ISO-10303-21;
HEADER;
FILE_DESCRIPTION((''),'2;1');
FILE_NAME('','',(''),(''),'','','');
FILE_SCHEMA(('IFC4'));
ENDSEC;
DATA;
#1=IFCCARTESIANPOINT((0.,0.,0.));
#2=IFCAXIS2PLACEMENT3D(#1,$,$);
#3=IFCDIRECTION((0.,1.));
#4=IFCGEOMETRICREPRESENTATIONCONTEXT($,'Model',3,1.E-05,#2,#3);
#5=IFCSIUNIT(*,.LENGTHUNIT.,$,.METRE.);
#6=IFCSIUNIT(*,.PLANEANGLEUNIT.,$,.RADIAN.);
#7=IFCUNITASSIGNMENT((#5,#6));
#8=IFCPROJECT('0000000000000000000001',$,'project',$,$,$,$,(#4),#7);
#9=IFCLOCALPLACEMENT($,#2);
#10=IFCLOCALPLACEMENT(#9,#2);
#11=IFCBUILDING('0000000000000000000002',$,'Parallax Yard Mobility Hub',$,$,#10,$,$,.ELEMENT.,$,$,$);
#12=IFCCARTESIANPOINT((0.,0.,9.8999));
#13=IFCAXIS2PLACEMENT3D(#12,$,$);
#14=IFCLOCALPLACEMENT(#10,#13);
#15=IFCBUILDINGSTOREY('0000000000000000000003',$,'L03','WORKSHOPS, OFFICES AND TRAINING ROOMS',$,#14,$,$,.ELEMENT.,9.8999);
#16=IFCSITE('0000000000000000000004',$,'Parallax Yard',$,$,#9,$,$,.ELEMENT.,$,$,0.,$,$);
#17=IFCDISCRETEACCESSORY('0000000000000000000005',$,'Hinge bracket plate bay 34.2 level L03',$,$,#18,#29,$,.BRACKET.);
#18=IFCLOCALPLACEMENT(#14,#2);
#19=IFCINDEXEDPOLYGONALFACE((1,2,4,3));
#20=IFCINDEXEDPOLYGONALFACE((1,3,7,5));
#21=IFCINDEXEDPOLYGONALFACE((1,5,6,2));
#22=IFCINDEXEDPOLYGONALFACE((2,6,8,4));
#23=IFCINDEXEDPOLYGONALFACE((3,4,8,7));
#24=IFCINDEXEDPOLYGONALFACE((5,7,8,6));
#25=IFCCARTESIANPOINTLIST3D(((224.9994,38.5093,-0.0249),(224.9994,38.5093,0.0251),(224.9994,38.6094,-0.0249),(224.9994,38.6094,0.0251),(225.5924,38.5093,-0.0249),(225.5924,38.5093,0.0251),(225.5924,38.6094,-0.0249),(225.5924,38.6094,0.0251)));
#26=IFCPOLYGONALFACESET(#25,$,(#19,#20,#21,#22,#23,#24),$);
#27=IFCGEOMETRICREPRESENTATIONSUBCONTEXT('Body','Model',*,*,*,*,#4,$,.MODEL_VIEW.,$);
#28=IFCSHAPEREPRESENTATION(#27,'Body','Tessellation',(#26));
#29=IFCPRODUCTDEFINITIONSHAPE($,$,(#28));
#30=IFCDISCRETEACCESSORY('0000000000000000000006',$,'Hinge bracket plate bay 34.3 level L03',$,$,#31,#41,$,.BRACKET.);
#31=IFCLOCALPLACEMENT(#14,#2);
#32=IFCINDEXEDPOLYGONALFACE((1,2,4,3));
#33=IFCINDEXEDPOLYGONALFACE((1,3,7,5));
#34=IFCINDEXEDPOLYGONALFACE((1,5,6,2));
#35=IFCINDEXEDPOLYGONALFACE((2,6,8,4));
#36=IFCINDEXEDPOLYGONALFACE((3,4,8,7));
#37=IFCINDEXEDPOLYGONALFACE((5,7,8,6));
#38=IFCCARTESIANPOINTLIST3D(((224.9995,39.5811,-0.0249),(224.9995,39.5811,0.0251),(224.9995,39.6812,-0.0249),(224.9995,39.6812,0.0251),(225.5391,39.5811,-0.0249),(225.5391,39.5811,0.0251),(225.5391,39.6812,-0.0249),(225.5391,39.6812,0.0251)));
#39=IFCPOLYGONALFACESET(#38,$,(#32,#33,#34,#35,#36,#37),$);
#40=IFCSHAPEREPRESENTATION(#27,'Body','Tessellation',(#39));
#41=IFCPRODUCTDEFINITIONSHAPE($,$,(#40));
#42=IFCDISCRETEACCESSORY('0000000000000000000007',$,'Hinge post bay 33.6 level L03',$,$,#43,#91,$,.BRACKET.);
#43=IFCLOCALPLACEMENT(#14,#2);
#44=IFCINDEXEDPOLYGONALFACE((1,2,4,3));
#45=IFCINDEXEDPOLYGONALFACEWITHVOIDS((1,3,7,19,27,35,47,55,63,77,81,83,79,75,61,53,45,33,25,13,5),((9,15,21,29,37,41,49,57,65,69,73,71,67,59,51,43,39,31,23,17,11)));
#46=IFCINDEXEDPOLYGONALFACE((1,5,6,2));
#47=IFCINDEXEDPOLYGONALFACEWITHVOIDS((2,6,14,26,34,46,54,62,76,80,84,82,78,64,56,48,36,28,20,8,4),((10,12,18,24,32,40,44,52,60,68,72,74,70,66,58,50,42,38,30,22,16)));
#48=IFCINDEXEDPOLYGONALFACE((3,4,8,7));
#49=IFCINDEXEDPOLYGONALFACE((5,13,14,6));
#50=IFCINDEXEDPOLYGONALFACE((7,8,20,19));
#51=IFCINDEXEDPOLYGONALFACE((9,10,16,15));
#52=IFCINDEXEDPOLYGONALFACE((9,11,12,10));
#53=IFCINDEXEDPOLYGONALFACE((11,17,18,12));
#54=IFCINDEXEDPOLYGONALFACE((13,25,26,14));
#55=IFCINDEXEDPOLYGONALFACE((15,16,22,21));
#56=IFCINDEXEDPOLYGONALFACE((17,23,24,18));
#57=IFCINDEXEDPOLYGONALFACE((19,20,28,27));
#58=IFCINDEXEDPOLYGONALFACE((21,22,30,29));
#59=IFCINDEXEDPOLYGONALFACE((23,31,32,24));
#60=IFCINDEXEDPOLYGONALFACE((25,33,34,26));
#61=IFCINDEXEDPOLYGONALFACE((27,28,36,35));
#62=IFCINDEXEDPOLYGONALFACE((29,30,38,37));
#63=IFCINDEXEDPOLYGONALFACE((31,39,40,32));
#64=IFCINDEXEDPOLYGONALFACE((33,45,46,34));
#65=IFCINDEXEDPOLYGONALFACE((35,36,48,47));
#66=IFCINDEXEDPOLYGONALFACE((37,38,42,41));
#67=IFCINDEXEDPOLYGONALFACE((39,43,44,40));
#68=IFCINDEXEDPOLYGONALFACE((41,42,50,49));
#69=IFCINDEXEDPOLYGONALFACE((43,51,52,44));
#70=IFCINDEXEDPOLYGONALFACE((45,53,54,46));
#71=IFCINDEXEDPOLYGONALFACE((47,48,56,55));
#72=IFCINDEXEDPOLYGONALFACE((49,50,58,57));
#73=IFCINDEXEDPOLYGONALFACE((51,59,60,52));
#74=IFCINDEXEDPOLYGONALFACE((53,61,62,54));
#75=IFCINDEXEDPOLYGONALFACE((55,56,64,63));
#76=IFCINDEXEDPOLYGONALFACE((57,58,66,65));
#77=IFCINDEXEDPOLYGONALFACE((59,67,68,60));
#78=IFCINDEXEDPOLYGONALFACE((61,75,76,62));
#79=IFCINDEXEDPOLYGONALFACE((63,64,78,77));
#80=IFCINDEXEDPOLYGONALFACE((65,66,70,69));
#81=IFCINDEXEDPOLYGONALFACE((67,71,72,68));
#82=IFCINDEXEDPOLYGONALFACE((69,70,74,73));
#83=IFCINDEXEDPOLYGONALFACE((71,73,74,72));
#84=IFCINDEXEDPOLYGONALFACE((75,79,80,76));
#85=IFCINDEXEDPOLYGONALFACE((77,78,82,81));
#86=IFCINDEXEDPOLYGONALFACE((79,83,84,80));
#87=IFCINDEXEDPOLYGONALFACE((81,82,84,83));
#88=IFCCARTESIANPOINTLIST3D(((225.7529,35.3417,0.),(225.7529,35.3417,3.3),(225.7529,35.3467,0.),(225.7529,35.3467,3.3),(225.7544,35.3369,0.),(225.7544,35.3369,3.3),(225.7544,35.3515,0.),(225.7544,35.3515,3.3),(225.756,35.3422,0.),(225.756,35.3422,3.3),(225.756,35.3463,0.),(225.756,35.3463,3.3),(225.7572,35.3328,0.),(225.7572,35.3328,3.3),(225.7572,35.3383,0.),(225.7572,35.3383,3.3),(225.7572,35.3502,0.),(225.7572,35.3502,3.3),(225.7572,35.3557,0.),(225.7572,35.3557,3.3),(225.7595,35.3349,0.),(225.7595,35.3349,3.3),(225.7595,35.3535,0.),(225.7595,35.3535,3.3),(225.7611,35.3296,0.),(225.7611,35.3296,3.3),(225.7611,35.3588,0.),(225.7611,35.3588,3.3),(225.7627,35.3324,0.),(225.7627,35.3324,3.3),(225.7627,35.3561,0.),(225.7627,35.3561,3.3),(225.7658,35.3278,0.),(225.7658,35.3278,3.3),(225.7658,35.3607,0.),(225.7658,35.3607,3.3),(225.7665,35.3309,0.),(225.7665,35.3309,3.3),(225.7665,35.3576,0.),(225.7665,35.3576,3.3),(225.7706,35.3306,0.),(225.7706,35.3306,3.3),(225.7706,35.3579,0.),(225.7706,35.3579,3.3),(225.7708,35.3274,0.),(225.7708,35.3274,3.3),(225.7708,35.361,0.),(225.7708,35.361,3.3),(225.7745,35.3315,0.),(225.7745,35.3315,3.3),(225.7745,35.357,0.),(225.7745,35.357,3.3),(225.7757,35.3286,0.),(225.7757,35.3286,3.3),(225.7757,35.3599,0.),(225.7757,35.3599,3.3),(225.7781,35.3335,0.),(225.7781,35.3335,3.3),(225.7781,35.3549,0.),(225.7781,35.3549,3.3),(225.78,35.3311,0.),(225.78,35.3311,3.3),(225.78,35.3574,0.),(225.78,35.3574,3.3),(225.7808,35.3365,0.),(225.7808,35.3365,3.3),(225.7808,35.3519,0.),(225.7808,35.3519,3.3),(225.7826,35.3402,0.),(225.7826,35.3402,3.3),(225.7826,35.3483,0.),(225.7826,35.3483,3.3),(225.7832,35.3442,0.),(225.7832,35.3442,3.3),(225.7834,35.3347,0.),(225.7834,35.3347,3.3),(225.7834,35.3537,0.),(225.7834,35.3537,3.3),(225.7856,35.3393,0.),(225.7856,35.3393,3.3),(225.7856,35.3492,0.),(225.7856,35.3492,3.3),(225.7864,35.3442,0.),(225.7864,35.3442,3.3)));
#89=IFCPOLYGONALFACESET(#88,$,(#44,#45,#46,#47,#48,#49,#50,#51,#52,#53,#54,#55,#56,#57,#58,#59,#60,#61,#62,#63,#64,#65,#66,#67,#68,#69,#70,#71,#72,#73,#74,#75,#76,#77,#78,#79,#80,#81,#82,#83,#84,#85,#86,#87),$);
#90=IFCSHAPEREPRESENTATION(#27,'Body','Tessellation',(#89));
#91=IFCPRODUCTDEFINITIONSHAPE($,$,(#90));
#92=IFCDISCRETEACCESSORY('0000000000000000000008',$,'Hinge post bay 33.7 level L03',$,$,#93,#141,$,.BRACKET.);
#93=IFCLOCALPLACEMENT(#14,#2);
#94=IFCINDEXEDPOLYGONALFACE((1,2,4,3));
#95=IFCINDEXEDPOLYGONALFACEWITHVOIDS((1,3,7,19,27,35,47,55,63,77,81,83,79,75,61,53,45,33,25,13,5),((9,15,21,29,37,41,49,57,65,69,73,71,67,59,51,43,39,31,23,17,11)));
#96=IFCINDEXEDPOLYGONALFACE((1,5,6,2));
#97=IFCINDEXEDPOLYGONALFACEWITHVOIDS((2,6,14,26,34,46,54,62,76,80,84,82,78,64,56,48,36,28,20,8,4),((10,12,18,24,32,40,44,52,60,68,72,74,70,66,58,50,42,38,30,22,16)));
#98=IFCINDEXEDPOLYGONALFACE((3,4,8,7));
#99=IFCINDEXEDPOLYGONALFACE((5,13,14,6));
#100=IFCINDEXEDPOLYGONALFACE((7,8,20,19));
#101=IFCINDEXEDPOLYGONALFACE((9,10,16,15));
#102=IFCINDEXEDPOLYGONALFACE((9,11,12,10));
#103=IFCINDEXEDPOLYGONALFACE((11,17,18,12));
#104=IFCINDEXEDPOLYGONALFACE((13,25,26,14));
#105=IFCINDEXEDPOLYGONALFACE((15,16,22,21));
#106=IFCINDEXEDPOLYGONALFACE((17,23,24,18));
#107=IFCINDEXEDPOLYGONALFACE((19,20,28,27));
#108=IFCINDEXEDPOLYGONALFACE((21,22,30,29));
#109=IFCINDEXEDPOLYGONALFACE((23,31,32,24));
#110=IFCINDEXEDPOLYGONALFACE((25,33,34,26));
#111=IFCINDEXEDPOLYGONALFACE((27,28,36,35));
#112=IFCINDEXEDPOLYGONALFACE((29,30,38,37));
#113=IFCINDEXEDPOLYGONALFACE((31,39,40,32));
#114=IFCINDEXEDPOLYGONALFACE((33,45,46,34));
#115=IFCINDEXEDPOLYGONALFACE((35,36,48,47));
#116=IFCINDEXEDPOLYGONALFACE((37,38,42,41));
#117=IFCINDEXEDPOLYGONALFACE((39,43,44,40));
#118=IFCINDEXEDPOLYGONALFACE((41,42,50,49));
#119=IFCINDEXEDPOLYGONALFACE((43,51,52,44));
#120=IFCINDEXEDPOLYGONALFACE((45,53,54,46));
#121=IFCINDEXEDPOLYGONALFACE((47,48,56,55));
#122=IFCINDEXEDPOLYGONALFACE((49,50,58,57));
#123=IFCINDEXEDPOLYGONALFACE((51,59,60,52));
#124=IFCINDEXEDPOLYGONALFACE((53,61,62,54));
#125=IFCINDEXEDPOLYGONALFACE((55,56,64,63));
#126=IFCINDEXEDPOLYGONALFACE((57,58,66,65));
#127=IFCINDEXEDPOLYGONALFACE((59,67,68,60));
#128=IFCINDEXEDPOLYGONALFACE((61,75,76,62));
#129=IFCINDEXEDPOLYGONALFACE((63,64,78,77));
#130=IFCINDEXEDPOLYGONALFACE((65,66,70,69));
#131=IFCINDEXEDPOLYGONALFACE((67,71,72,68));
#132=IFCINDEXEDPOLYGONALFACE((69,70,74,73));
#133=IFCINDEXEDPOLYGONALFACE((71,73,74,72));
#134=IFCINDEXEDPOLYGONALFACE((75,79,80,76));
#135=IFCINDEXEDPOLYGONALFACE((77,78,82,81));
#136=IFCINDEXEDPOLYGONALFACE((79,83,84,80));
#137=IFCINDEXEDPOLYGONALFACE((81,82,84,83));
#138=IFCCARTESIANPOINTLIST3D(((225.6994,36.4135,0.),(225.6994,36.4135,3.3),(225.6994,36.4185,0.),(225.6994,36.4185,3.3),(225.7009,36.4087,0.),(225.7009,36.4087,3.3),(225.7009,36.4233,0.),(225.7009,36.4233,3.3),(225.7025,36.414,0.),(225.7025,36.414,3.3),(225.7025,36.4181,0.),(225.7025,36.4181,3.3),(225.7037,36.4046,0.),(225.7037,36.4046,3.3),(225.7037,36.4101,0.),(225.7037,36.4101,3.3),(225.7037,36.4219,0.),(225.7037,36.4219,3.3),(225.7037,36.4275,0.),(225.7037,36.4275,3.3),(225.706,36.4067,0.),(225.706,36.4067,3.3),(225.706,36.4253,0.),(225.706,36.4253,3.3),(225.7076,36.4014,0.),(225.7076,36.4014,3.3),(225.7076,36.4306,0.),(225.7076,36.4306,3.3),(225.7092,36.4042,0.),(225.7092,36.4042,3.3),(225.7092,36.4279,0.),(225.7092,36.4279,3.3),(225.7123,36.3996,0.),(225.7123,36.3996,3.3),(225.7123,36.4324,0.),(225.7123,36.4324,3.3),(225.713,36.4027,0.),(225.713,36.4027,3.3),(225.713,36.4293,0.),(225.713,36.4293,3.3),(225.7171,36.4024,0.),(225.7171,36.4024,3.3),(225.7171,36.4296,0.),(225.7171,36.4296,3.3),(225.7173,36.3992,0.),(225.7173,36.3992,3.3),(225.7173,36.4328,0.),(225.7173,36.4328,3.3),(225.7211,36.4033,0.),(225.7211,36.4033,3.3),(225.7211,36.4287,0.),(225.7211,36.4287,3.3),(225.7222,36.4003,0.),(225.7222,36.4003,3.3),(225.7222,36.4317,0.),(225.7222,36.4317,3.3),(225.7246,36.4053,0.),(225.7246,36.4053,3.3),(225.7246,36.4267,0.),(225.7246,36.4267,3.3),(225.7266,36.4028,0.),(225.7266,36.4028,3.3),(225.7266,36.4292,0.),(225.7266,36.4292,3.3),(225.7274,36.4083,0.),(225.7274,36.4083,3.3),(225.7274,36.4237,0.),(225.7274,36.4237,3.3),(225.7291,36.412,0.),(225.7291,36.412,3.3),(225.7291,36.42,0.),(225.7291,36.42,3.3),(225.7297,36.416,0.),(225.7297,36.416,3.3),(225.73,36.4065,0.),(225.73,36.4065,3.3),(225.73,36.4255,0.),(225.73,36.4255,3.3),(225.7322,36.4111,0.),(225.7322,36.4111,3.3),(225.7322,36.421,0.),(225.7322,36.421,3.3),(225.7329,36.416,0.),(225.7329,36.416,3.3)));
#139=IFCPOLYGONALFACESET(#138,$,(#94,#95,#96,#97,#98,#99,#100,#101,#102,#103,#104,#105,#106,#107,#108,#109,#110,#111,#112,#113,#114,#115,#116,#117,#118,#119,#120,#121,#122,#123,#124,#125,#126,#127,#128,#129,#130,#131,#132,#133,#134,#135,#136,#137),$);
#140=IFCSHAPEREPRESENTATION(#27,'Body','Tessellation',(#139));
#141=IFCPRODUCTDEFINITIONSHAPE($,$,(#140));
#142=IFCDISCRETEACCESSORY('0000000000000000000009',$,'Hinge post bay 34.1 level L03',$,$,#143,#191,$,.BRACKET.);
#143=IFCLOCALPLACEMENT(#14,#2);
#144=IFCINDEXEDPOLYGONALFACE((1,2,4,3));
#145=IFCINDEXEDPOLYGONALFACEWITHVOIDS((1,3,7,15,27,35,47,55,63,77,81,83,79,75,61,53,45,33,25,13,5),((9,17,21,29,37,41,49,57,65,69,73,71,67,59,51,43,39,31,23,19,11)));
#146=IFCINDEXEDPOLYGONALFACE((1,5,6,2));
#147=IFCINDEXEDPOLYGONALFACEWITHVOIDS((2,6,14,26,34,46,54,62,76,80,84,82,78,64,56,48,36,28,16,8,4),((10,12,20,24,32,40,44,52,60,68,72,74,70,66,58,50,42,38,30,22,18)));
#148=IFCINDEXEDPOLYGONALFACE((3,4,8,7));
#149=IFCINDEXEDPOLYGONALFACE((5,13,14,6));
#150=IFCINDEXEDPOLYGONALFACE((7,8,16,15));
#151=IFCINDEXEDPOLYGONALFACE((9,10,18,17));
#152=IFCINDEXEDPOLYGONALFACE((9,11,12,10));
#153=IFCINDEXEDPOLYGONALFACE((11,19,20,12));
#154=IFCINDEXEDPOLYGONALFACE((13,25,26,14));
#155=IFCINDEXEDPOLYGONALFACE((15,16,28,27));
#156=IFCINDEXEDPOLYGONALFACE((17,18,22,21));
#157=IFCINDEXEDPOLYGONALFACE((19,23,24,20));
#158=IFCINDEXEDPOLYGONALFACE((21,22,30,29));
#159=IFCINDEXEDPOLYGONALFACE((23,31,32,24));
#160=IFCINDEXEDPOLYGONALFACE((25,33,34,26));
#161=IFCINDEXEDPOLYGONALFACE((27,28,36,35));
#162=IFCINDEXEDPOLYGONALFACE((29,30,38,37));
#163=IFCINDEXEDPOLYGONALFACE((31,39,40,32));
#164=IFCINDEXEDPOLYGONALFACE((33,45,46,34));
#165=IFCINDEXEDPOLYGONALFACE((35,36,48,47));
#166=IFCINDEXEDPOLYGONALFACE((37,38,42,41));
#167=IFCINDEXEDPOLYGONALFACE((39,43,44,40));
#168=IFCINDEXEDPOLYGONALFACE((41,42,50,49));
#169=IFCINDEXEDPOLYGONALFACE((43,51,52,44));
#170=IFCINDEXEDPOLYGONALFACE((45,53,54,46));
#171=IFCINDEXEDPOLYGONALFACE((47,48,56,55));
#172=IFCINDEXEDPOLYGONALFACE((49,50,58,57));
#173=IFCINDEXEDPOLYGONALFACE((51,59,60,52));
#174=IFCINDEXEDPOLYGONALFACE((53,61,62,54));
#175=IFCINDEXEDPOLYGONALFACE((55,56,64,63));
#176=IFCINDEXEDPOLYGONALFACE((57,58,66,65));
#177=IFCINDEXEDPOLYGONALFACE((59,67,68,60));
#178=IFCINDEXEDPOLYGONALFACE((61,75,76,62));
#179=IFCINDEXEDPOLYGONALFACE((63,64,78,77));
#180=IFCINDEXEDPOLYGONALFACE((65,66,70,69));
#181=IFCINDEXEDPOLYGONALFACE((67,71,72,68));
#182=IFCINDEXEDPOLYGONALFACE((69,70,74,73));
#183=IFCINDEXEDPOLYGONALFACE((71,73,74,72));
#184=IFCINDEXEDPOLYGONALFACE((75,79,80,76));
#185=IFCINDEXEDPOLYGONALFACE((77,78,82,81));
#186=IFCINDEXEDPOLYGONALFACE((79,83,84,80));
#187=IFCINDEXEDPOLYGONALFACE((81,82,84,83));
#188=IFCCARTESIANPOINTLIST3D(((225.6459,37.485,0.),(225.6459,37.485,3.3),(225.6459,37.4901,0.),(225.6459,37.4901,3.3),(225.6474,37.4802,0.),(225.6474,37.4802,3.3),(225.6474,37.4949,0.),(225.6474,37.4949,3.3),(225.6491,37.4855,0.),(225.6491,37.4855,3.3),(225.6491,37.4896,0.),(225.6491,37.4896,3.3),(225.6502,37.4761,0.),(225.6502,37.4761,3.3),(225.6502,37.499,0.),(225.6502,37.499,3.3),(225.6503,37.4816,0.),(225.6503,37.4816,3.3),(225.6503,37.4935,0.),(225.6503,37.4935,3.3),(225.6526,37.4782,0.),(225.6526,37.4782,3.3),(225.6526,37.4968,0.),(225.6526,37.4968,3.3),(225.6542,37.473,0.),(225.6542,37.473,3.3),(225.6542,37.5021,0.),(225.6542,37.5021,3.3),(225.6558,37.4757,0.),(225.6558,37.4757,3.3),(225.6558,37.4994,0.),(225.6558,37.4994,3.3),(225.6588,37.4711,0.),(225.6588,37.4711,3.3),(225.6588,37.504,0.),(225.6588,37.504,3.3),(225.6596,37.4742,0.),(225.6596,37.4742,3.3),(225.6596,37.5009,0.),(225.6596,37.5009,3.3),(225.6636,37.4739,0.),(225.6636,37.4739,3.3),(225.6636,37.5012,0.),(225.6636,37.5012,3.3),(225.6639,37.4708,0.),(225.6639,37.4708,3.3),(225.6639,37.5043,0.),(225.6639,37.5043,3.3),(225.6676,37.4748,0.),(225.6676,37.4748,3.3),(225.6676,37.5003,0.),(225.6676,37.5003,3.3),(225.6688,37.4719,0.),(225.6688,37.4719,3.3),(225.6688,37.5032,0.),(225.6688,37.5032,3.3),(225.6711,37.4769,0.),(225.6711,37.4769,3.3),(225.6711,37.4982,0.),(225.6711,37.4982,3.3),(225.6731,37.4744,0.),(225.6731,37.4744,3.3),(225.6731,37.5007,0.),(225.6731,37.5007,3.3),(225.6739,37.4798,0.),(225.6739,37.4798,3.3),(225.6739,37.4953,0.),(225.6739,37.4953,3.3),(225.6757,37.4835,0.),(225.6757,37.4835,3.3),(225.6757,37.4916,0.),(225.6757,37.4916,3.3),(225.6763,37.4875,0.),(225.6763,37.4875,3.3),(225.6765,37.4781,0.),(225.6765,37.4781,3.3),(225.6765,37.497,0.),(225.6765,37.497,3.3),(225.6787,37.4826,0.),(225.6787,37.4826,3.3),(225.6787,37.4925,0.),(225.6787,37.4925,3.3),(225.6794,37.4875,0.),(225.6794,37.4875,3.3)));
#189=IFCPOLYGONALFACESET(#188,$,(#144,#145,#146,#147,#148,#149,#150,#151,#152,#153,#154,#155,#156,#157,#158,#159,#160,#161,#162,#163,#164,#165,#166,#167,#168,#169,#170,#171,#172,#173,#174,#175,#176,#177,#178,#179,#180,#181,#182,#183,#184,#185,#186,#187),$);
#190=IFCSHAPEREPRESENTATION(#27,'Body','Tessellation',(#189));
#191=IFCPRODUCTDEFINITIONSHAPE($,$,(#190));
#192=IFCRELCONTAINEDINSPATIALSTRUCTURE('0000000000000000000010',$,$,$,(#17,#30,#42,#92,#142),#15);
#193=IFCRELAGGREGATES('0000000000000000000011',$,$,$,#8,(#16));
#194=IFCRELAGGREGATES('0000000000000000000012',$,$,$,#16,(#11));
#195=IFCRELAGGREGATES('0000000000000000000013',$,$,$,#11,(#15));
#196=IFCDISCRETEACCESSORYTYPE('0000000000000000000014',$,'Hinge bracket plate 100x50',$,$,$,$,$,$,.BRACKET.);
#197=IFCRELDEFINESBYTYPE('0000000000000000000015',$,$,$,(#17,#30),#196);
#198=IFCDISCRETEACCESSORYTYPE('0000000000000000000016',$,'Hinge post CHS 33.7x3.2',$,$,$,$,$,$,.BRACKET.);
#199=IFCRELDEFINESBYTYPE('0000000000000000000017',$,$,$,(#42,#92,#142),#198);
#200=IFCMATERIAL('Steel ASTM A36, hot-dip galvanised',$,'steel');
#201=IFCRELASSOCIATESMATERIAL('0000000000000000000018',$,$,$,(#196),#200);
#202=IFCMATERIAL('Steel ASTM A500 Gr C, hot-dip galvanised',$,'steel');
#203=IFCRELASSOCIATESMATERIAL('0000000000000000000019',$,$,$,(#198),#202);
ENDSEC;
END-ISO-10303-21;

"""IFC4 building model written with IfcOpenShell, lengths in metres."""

from ifc_helpers import new_model, si_unit, direction, frame, origin, origin_2d, place, context, subcontext, project, spatial, rectangle, hollow_circle, extrude, material, material_profile, profile_set, type_object, element, save


model = new_model("IFC4")

# Units and contexts
model_context = context("Model", 3, precision=1e-05, world=origin(), true_north=direction((0.0, 1.0)))
body_context = subcontext(model_context, "Body", "Model", "MODEL_VIEW")
ifc_project = project(units=[si_unit("LENGTHUNIT", "METRE"), si_unit("PLANEANGLEUNIT", "RADIAN")], contexts=[model_context])

# Site, building, storey
site_placement = place(None, origin())
site = spatial("IfcSite", under=ifc_project, at=site_placement, Name="Parallax Yard", CompositionType="ELEMENT", RefElevation=0.0)
building_placement = place(site_placement, origin())
building = spatial("IfcBuilding", under=site, at=building_placement, Name="Parallax Yard Mobility Hub", CompositionType="ELEMENT")
storey_placement = place(building_placement, frame((0.0, 0.0, 9.8999)))
storey = spatial("IfcBuildingStorey", under=building, at=storey_placement, Name="L03", Description="WORKSHOPS, OFFICES AND TRAINING ROOMS", CompositionType="ELEMENT", Elevation=9.8999)

# Discrete accessories
ifc_material_1 = material(Name="Steel ASTM A36, hot-dip galvanised", Category="steel")
discrete_accessory_type_1 = type_object("IfcDiscreteAccessoryType", Name="Hinge bracket plate 100x50", PredefinedType="BRACKET", material=ifc_material_1)
discrete_accessory_1_placement = place(storey_placement, frame((225.2959, 38.5593, -0.0249), z_axis=(0.0, 0.0, 1.0), x_axis=(1.0, 0.0, 0.0)))
element("IfcDiscreteAccessory", 1, at=discrete_accessory_1_placement, inside=storey, type_object=discrete_accessory_type_1, Name="Hinge bracket plate bay 34.2 level L03", PredefinedType="BRACKET", context=body_context, shape_type="SweptSolid", body=[
    extrude(rectangle(XDim=0.593, YDim=0.1001, at=origin_2d()), origin(), (0.0, 0.0, 1.0), 0.05),
])
discrete_accessory_2_placement = place(storey_placement, frame((225.2693, 39.6311, -0.0249), z_axis=(0.0, 0.0, 1.0), x_axis=(1.0, 0.0, 0.0)))
element("IfcDiscreteAccessory", 2, at=discrete_accessory_2_placement, inside=storey, type_object=discrete_accessory_type_1, Name="Hinge bracket plate bay 34.3 level L03", PredefinedType="BRACKET", context=body_context, shape_type="SweptSolid", body=[
    extrude(rectangle(XDim=0.5396, YDim=0.1001, at=origin_2d()), origin(), (0.0, 0.0, 1.0), 0.05),
])
ifc_material_2 = material(Name="Steel ASTM A500 Gr C, hot-dip galvanised", Category="steel")
ifc_material_profile_1 = material_profile(ifc_material_2, hollow_circle(Radius=0.0168, WallThickness=0.0032, at=origin_2d()), Name="CHS 33.7x3.2")
ifc_profile_set_1 = profile_set([ifc_material_profile_1], Name="Steel ASTM A500 Gr C, hot-dip galvanised")
discrete_accessory_type_2 = type_object("IfcDiscreteAccessoryType", Name="Hinge post CHS 33.7x3.2", PredefinedType="BRACKET", material=ifc_profile_set_1)
for number, where, z_axis, x_axis, name in (
    (3, (225.7695, 35.3442, 0.0), (0.0, 0.0, 1.0), (1.0, 0.0, 0.0), "Hinge post bay 33.6 level L03"),
    (4, (225.7161, 36.416, 0.0), (0.0, 0.0, 1.0), (1.0, 0.0, 0.0), "Hinge post bay 33.7 level L03"),
    (5, (225.6626, 37.4875, 0.0), (0.0, 0.0, 1.0), (1.0, 0.0, 0.0), "Hinge post bay 34.1 level L03"),
):
    element("IfcDiscreteAccessory", number, at=place(storey_placement, frame(where, z_axis=z_axis, x_axis=x_axis)), inside=storey, type_object=discrete_accessory_type_2, Name=name, PredefinedType="BRACKET", context=body_context, shape_type="SweptSolid", body=[
        extrude(hollow_circle(Radius=0.0168, WallThickness=0.0032, at=origin_2d()), origin(), (0.0, 0.0, 1.0), 3.3),
    ])

save(model, "model.ifc")
